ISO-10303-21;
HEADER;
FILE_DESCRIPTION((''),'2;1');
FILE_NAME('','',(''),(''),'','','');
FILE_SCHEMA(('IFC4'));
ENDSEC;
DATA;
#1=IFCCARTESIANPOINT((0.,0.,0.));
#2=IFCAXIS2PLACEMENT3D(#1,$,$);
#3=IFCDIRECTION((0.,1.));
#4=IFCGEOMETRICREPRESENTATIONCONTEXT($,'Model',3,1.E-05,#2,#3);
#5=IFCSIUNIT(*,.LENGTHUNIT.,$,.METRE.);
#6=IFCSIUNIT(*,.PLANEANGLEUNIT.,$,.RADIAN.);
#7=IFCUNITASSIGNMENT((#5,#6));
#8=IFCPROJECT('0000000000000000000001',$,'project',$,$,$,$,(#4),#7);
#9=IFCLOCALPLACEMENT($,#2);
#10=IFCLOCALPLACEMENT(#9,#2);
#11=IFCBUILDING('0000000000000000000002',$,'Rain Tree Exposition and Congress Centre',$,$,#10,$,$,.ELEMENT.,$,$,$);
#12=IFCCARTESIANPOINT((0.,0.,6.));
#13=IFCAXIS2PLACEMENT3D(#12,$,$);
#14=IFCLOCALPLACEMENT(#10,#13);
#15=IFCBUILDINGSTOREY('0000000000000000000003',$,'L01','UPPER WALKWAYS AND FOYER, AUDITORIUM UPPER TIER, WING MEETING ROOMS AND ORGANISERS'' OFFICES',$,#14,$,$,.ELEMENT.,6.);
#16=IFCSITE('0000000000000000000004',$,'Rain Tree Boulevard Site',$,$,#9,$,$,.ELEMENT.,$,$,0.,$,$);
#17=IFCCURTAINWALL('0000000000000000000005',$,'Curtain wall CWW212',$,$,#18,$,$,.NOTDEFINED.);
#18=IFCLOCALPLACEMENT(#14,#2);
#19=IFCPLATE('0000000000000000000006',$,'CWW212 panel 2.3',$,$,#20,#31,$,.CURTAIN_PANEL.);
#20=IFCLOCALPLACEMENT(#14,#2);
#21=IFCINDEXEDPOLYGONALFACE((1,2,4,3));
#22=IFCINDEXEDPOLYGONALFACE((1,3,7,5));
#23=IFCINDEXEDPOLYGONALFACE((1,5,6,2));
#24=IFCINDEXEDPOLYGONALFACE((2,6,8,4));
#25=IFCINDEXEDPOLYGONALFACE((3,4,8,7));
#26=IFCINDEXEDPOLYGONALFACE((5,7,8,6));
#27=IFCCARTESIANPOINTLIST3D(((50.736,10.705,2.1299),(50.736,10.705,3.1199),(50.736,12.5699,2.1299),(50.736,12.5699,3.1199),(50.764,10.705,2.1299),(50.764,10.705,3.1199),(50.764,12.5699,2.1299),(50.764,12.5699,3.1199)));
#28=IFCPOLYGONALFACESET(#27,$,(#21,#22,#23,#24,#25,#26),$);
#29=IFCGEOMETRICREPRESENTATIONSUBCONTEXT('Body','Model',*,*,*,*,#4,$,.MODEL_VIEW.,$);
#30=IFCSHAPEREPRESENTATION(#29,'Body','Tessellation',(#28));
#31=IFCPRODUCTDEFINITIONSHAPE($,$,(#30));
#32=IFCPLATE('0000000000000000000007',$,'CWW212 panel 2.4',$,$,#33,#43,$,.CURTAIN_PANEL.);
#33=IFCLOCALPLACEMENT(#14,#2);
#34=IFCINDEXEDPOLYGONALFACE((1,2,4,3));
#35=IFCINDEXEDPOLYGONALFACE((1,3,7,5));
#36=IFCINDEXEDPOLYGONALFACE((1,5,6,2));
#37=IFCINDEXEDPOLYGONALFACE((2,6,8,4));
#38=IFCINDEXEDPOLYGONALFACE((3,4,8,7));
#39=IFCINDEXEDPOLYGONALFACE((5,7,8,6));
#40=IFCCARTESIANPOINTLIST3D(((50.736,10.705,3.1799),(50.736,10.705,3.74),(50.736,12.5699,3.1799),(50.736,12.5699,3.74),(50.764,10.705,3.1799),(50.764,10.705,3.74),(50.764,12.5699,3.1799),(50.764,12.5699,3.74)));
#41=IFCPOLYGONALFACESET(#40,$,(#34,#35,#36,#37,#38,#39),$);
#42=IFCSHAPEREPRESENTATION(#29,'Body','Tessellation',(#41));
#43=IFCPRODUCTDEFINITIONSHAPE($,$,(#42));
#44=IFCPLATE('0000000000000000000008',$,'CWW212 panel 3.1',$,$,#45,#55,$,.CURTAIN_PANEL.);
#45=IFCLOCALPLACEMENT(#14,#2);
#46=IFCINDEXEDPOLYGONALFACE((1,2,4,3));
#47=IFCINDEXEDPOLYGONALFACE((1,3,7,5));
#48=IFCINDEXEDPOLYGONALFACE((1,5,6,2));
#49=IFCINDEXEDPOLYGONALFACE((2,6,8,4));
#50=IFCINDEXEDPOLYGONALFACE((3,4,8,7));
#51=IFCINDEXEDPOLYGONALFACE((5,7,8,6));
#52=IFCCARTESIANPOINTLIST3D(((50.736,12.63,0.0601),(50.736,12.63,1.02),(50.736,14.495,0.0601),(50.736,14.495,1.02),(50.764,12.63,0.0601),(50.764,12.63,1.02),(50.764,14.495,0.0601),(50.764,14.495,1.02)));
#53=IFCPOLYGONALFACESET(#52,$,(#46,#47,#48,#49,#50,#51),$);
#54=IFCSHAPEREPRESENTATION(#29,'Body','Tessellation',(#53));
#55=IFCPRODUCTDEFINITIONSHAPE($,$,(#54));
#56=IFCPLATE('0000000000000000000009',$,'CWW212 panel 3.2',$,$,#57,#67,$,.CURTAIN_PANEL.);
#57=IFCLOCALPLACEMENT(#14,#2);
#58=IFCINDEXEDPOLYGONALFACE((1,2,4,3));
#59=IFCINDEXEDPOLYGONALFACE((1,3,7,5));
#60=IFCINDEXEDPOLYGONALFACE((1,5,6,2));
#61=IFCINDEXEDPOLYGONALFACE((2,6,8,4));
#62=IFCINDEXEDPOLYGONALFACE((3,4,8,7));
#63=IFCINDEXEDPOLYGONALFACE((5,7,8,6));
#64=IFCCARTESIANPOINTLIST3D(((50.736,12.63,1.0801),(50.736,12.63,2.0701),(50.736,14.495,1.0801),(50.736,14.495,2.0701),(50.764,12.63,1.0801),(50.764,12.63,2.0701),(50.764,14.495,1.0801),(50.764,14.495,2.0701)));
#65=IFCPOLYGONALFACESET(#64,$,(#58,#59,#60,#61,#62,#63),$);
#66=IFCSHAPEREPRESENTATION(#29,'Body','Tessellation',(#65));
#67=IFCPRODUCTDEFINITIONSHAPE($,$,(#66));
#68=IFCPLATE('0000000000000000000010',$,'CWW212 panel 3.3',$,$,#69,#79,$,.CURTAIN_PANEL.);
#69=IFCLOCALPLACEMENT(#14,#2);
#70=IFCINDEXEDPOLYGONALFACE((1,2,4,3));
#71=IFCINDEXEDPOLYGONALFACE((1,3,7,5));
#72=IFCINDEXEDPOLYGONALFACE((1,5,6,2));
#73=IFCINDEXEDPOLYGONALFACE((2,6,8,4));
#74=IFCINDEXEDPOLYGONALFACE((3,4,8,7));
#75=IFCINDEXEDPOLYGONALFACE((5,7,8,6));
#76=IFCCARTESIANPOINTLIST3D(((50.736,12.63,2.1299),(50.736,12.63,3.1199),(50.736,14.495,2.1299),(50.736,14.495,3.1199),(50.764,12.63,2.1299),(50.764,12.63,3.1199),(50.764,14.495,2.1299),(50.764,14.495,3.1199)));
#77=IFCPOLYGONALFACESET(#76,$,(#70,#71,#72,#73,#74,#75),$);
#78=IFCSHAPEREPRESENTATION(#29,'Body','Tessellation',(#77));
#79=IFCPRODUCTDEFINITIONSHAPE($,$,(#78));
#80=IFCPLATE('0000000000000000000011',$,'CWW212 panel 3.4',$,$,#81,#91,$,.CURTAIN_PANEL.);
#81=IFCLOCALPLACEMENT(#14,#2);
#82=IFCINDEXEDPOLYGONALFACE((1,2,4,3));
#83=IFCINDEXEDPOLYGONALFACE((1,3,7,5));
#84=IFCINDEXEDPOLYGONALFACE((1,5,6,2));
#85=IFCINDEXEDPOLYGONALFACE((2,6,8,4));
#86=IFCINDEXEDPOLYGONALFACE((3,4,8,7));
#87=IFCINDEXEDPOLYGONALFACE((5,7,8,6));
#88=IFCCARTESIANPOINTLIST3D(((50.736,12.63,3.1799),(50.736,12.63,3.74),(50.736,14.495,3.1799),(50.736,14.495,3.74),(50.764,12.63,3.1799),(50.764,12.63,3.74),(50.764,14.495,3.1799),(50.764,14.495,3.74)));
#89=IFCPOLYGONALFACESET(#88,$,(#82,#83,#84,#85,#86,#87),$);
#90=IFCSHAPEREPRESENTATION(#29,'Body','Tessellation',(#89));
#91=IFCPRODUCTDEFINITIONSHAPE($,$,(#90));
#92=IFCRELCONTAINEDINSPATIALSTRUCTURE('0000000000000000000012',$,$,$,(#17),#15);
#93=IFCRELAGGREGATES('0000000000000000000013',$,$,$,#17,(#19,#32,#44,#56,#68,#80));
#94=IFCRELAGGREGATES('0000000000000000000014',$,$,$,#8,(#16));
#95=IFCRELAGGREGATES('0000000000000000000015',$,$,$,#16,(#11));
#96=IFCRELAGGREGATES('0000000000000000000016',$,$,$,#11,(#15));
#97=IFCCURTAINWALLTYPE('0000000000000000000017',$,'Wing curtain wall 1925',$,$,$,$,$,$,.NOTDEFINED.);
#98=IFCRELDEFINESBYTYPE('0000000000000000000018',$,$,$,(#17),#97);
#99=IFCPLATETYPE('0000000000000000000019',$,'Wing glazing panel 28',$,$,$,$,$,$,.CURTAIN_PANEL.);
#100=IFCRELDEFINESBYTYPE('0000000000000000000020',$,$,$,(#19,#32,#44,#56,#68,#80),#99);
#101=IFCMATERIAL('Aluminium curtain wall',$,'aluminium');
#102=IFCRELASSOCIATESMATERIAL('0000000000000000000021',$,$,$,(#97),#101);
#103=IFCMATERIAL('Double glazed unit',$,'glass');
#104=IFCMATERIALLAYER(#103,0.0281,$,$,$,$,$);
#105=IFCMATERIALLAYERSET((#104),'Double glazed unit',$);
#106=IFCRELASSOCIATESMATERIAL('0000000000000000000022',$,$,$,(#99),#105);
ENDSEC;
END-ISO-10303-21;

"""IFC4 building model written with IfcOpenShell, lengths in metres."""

from ifc_helpers import new_model, si_unit, direction, frame, origin, origin_2d, place, context, subcontext, project, spatial, rectangle, extrude, material, layer, layer_set, type_object, element, aggregate, save


model = new_model("IFC4")

# Units and contexts
model_context = context("Model", 3, precision=1e-05, world=origin(), true_north=direction((0.0, 1.0)))
body_context = subcontext(model_context, "Body", "Model", "MODEL_VIEW")
ifc_project = project(units=[si_unit("LENGTHUNIT", "METRE"), si_unit("PLANEANGLEUNIT", "RADIAN")], contexts=[model_context])

# Site, building, storey
site_placement = place(None, origin())
site = spatial("IfcSite", under=ifc_project, at=site_placement, Name="Rain Tree Boulevard Site", CompositionType="ELEMENT", RefElevation=0.0)
building_placement = place(site_placement, origin())
building = spatial("IfcBuilding", under=site, at=building_placement, Name="Rain Tree Exposition and Congress Centre", CompositionType="ELEMENT")
storey_placement = place(building_placement, frame((0.0, 0.0, 6.0)))
storey = spatial("IfcBuildingStorey", under=building, at=storey_placement, Name="L01", Description="UPPER WALKWAYS AND FOYER, AUDITORIUM UPPER TIER, WING MEETING ROOMS AND ORGANISERS' OFFICES", CompositionType="ELEMENT", Elevation=6.0)

# Curtain wall, plates
ifc_material_1 = material(Name="Aluminium curtain wall", Category="aluminium")
curtain_wall_type = type_object("IfcCurtainWallType", Name="Wing curtain wall 1925", PredefinedType="NOTDEFINED", material=ifc_material_1)
curtain_wall_placement = place(storey_placement, origin())
curtain_wall = element("IfcCurtainWall", 1, at=curtain_wall_placement, inside=storey, type_object=curtain_wall_type, Name="Curtain wall CWW212", PredefinedType="NOTDEFINED")
ifc_material_2 = material(Name="Double glazed unit", Category="glass")
ifc_layer_1 = layer(ifc_material_2, 0.0281)
ifc_layer_set_1 = layer_set([ifc_layer_1], Name="Double glazed unit")
plate_type = type_object("IfcPlateType", Name="Wing glazing panel 28", PredefinedType="CURTAIN_PANEL", material=ifc_layer_set_1)
plate_1_placement = place(storey_placement, frame((50.75, 11.6375, 2.1299), z_axis=(0.0, 0.0, 1.0), x_axis=(0.0, 1.0, 0.0)))
plate_1 = element("IfcPlate", 2, at=plate_1_placement, type_object=plate_type, Name="CWW212 panel 2.3", PredefinedType="CURTAIN_PANEL", context=body_context, shape_type="SweptSolid", body=[
    extrude(rectangle(XDim=1.865, YDim=0.0281, at=origin_2d()), origin(), (0.0, 0.0, 1.0), 0.99),
])
plate_2_placement = place(storey_placement, frame((50.75, 11.6375, 3.1799), z_axis=(0.0, 0.0, 1.0), x_axis=(0.0, 1.0, 0.0)))
plate_2 = element("IfcPlate", 3, at=plate_2_placement, type_object=plate_type, Name="CWW212 panel 2.4", PredefinedType="CURTAIN_PANEL", context=body_context, shape_type="SweptSolid", body=[
    extrude(rectangle(XDim=1.865, YDim=0.0281, at=origin_2d()), origin(), (0.0, 0.0, 1.0), 0.5601),
])
plate_3_placement = place(storey_placement, frame((50.75, 13.5625, 0.0601), z_axis=(0.0, 0.0, 1.0), x_axis=(0.0, 1.0, 0.0)))
plate_3 = element("IfcPlate", 4, at=plate_3_placement, type_object=plate_type, Name="CWW212 panel 3.1", PredefinedType="CURTAIN_PANEL", context=body_context, shape_type="SweptSolid", body=[
    extrude(rectangle(XDim=1.865, YDim=0.0281, at=origin_2d()), origin(), (0.0, 0.0, 1.0), 0.96),
])
plate_4_placement = place(storey_placement, frame((50.75, 13.5625, 1.0801), z_axis=(0.0, 0.0, 1.0), x_axis=(0.0, 1.0, 0.0)))
plate_4 = element("IfcPlate", 5, at=plate_4_placement, type_object=plate_type, Name="CWW212 panel 3.2", PredefinedType="CURTAIN_PANEL", context=body_context, shape_type="SweptSolid", body=[
    extrude(rectangle(XDim=1.865, YDim=0.0281, at=origin_2d()), origin(), (0.0, 0.0, 1.0), 0.99),
])
plate_5_placement = place(storey_placement, frame((50.75, 13.5625, 2.1299), z_axis=(0.0, 0.0, 1.0), x_axis=(0.0, 1.0, 0.0)))
plate_5 = element("IfcPlate", 6, at=plate_5_placement, type_object=plate_type, Name="CWW212 panel 3.3", PredefinedType="CURTAIN_PANEL", context=body_context, shape_type="SweptSolid", body=[
    extrude(rectangle(XDim=1.865, YDim=0.0281, at=origin_2d()), origin(), (0.0, 0.0, 1.0), 0.99),
])
plate_6_placement = place(storey_placement, frame((50.75, 13.5625, 3.1799), z_axis=(0.0, 0.0, 1.0), x_axis=(0.0, 1.0, 0.0)))
plate_6 = element("IfcPlate", 7, at=plate_6_placement, type_object=plate_type, Name="CWW212 panel 3.4", PredefinedType="CURTAIN_PANEL", context=body_context, shape_type="SweptSolid", body=[
    extrude(rectangle(XDim=1.865, YDim=0.0281, at=origin_2d()), origin(), (0.0, 0.0, 1.0), 0.5601),
])
aggregate(curtain_wall, [plate_1, plate_2, plate_3, plate_4, plate_5, plate_6])

save(model, "model.ifc")
